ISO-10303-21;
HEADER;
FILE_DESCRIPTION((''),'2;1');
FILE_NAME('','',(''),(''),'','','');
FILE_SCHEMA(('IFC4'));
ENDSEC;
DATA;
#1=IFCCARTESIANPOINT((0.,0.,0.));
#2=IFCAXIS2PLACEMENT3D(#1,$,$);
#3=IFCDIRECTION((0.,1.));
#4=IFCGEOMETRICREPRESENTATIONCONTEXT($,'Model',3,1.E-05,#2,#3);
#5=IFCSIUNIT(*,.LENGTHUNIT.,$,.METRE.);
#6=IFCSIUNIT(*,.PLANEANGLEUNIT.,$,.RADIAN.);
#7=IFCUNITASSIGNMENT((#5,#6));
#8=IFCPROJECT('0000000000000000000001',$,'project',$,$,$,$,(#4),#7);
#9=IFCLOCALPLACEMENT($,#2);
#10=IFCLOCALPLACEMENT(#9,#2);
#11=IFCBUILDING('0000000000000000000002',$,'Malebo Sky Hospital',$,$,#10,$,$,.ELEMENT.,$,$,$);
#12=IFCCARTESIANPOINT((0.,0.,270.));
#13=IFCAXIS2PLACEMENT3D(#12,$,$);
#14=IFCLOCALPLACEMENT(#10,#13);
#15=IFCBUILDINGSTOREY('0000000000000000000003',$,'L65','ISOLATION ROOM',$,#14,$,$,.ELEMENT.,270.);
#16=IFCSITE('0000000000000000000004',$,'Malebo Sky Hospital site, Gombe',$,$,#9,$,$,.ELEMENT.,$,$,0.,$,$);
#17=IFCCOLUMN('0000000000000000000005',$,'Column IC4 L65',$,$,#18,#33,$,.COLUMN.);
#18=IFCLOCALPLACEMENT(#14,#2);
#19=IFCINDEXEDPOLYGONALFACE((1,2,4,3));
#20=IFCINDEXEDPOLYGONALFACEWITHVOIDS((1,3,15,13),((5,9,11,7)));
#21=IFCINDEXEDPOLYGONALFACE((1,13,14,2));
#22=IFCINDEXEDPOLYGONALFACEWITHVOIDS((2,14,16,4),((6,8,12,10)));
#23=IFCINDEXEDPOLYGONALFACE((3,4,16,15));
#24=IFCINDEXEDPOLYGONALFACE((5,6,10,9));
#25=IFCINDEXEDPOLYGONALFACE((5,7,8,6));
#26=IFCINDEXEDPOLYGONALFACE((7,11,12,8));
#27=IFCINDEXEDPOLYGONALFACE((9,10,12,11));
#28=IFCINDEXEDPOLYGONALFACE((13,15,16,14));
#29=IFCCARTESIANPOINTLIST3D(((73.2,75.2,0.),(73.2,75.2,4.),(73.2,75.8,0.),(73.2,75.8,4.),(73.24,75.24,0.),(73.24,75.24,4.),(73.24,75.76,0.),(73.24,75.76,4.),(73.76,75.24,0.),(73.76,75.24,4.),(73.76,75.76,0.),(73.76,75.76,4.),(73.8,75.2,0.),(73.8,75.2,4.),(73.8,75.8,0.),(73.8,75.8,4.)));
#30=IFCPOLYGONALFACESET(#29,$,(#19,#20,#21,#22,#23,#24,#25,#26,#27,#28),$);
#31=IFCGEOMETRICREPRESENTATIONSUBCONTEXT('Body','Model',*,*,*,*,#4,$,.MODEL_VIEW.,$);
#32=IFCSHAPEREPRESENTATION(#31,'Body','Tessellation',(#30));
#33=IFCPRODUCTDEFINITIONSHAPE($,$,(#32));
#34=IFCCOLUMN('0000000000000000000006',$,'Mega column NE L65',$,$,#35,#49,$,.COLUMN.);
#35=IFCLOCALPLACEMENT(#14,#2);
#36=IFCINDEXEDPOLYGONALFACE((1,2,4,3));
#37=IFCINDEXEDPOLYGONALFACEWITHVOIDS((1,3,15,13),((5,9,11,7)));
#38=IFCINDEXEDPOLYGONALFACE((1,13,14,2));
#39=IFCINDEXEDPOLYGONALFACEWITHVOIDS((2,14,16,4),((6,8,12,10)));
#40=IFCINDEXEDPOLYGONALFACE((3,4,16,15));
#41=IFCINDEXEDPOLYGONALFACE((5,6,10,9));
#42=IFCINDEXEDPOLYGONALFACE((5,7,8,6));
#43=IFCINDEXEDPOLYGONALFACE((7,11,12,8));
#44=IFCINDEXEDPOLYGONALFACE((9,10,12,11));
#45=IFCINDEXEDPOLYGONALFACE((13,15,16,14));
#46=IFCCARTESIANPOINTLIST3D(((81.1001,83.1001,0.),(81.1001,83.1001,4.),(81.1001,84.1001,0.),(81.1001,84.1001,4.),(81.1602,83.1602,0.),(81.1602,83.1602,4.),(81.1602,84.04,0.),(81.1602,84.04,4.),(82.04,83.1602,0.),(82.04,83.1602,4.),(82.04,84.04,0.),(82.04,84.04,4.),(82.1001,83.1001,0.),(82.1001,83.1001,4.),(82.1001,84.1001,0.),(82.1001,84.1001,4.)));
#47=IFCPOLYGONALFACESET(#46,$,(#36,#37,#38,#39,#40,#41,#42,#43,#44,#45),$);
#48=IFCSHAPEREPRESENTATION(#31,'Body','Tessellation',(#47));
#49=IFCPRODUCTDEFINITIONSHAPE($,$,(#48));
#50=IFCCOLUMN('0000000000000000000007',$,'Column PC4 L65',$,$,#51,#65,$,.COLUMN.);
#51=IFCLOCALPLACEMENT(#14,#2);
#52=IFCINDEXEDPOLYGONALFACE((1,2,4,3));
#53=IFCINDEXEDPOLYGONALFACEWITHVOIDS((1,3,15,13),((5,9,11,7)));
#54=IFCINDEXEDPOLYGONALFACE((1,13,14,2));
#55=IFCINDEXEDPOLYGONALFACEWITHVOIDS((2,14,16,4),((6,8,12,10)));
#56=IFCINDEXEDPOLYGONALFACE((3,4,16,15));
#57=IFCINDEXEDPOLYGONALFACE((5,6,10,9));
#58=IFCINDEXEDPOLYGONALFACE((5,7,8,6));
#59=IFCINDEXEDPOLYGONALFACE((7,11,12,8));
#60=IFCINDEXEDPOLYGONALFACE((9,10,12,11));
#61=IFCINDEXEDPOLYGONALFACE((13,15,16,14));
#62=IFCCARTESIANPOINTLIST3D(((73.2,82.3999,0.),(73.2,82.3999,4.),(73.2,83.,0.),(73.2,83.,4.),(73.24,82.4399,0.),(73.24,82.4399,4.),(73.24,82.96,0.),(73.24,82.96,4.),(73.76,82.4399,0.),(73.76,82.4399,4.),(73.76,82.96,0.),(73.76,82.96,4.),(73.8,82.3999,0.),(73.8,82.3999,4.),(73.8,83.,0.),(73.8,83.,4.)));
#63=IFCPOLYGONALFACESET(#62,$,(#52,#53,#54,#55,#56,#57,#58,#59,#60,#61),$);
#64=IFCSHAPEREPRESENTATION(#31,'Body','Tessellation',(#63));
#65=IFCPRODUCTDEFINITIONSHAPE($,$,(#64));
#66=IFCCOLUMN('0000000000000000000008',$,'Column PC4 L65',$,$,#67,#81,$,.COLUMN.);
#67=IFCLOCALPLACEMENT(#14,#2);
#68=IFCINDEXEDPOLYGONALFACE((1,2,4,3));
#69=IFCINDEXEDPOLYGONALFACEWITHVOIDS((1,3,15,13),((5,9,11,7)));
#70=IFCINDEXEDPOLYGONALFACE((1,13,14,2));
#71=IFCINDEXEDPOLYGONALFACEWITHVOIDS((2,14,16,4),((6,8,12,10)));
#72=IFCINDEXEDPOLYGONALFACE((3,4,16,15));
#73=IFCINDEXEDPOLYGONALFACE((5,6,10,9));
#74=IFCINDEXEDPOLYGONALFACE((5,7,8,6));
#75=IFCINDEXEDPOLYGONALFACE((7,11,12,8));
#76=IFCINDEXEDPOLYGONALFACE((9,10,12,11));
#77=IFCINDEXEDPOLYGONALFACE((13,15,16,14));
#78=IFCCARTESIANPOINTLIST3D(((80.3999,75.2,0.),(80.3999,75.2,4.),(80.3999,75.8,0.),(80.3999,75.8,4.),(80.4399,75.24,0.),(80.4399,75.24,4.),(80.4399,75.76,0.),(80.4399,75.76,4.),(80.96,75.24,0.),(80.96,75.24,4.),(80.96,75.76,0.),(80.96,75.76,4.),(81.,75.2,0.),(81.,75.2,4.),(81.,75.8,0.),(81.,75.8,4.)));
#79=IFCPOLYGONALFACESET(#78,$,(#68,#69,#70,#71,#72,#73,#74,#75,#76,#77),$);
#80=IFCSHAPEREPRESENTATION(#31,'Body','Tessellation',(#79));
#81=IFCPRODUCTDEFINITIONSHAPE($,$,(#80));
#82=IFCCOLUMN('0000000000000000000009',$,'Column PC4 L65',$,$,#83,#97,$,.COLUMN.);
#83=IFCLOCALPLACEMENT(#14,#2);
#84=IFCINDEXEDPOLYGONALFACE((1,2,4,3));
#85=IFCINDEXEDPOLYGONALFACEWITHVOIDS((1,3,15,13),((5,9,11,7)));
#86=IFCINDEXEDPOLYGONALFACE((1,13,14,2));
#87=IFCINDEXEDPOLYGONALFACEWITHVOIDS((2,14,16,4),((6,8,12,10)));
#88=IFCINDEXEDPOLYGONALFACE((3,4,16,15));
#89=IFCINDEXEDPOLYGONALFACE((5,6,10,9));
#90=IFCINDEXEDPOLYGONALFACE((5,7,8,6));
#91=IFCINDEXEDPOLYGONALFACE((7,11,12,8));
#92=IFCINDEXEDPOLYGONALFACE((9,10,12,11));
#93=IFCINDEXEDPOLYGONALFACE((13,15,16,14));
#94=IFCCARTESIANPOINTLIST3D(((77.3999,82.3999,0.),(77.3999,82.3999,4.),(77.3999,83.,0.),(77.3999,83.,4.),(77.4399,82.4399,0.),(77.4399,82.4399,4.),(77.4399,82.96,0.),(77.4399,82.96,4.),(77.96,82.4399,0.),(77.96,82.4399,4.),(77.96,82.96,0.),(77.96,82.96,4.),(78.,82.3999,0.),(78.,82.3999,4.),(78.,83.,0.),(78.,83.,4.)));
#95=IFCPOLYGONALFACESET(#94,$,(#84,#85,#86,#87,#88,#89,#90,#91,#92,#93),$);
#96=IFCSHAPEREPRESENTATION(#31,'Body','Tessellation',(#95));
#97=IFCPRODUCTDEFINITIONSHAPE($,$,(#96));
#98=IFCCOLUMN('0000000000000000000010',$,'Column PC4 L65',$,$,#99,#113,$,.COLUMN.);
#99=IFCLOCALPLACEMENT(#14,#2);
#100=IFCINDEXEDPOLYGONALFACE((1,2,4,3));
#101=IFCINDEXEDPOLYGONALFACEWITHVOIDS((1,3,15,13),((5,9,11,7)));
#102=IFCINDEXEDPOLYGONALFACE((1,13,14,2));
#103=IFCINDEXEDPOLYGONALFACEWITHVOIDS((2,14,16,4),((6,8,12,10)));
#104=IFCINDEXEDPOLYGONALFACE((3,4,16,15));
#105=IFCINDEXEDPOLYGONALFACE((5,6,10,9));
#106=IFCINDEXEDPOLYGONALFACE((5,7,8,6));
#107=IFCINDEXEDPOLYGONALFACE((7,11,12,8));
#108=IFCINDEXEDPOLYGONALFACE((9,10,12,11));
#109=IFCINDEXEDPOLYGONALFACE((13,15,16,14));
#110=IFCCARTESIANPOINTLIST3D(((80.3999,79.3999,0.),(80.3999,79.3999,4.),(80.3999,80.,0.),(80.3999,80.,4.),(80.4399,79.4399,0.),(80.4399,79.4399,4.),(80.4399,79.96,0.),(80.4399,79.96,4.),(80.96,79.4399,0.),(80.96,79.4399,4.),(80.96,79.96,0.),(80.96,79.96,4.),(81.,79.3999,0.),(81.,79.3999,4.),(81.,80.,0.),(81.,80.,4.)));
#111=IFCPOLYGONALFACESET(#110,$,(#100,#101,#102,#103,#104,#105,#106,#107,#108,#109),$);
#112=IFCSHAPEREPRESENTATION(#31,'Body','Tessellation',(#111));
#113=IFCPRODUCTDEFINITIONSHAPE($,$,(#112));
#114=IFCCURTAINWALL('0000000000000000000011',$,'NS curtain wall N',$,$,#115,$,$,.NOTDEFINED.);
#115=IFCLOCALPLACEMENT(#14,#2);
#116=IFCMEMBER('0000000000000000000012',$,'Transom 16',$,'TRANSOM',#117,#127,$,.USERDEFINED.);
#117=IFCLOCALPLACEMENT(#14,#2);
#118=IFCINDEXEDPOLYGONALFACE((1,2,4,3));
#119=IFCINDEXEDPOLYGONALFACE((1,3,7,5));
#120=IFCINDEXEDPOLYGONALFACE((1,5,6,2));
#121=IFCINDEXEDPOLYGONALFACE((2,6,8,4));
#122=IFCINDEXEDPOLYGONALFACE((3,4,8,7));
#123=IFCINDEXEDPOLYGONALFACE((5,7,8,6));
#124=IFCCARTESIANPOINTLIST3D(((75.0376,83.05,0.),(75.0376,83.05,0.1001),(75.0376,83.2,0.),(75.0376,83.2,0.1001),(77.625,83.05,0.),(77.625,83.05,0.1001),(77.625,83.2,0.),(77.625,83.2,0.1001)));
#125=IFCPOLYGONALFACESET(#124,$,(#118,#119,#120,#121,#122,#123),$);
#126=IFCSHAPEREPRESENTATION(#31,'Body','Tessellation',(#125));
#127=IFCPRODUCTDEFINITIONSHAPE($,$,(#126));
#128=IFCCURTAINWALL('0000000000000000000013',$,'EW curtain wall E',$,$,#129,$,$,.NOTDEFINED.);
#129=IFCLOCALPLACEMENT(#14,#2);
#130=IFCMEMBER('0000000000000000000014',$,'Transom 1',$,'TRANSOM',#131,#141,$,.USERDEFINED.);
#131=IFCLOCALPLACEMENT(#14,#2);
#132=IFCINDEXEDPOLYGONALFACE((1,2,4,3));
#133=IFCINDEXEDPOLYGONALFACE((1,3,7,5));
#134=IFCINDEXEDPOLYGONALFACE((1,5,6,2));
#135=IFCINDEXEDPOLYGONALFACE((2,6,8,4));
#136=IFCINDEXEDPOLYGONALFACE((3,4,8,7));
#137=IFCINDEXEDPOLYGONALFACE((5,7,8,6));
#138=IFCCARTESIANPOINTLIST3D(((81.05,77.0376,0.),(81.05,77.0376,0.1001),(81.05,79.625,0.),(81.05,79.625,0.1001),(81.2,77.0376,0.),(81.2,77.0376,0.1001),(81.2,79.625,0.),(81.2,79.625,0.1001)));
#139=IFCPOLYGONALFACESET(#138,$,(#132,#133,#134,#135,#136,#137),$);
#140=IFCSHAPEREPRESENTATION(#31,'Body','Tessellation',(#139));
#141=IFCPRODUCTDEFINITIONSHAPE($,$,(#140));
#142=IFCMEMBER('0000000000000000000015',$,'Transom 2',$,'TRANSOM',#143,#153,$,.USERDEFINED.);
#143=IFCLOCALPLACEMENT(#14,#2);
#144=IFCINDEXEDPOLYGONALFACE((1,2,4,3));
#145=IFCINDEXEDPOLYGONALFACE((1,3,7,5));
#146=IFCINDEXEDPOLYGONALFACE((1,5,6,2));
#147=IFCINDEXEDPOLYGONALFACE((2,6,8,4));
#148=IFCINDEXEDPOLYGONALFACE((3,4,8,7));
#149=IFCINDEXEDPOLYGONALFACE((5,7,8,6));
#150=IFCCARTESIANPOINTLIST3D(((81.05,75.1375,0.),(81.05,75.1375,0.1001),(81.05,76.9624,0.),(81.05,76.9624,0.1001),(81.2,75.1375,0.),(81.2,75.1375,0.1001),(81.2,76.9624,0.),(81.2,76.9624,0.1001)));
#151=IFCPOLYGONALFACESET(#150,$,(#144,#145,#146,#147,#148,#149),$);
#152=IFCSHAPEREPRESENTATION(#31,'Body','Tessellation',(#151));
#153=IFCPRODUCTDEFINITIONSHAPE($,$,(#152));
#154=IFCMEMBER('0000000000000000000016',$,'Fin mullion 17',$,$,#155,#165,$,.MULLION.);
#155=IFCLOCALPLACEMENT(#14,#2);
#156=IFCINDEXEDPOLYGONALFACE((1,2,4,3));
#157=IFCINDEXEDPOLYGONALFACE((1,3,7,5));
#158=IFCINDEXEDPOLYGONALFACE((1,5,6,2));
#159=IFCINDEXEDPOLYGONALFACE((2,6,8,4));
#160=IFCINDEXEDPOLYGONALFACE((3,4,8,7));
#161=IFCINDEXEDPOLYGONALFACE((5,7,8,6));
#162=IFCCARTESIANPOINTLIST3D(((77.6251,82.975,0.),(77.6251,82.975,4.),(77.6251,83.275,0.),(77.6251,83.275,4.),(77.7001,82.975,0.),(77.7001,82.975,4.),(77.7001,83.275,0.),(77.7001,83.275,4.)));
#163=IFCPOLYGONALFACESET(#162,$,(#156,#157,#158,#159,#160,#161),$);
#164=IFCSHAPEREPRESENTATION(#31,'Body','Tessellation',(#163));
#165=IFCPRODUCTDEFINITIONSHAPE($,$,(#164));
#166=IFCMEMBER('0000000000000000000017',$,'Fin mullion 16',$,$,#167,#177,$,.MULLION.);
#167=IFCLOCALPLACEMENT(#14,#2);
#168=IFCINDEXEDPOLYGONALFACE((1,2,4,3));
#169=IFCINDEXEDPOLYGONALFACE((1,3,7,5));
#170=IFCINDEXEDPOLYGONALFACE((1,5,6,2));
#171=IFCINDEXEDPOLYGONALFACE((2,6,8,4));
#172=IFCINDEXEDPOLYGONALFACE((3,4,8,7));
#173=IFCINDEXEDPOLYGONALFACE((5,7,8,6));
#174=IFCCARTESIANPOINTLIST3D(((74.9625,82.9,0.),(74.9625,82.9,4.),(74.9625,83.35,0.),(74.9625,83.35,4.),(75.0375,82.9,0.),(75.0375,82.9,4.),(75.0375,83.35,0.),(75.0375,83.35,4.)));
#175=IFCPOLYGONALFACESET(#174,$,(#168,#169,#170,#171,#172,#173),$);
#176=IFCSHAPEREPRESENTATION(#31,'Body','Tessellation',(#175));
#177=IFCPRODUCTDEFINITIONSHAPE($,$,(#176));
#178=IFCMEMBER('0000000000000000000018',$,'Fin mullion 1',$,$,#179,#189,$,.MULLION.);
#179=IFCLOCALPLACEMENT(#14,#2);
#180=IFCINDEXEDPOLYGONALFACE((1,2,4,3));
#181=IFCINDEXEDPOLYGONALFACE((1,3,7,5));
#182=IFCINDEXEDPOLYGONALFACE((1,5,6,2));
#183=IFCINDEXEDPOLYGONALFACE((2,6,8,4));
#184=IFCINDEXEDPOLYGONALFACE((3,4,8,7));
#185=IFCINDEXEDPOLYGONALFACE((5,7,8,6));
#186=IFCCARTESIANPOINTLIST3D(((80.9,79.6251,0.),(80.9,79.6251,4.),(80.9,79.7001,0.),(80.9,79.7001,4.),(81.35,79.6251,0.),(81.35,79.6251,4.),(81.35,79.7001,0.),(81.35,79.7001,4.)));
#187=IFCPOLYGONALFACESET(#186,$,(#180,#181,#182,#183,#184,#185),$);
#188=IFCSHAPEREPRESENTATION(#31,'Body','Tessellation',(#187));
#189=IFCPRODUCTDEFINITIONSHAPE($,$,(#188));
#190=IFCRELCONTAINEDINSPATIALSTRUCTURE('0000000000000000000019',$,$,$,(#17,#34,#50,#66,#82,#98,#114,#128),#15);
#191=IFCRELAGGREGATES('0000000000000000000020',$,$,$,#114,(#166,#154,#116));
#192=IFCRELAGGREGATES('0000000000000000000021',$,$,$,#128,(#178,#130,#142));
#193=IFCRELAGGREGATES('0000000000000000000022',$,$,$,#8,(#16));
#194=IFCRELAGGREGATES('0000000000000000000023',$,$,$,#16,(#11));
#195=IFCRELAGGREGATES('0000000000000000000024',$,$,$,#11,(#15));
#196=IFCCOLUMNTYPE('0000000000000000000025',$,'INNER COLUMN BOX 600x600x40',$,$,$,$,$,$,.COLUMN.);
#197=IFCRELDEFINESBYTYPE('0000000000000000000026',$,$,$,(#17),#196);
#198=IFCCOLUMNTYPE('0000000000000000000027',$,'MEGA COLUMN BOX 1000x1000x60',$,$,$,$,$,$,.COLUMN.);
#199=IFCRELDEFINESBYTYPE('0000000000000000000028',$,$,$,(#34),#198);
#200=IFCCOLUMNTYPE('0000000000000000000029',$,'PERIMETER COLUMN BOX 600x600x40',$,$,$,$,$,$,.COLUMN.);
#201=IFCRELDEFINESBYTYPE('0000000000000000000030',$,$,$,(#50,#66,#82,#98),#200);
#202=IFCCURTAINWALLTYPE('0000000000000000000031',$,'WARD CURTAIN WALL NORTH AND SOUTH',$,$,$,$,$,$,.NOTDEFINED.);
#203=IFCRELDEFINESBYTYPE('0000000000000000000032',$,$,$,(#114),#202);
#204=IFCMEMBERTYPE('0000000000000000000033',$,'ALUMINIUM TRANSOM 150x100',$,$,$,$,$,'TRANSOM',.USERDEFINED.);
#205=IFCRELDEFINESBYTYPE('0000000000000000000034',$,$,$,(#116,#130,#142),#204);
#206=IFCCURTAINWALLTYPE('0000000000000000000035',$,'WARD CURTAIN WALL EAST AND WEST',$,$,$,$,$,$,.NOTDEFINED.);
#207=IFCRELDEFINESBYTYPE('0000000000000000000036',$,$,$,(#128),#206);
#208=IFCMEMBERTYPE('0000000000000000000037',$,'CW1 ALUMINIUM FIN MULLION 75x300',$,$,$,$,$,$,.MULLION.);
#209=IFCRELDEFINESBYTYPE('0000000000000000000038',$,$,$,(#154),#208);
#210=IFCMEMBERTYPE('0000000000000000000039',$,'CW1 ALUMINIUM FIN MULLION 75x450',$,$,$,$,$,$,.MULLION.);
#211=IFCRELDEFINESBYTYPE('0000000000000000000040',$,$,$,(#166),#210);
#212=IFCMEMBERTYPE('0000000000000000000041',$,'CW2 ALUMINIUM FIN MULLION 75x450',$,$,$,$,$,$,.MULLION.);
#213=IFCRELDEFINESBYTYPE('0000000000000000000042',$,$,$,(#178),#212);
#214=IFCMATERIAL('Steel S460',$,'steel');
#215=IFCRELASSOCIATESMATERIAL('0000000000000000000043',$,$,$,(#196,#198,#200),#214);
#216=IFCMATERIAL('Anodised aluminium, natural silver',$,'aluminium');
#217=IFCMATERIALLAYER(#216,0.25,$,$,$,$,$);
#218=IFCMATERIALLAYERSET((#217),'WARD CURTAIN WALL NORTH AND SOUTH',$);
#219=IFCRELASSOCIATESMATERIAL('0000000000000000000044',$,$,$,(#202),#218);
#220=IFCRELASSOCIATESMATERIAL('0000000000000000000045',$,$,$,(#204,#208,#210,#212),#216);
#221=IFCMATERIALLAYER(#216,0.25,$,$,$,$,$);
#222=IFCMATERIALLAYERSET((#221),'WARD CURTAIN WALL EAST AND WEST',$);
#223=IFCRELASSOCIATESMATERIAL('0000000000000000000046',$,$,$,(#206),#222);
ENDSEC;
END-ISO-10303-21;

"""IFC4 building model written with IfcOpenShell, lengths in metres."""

from ifc_helpers import new_model, si_unit, direction, frame, origin, origin_2d, place, context, subcontext, project, spatial, rectangle, hollow_rectangle, extrude, material, layer, layer_set, material_profile, profile_set, type_object, element, aggregate, save


model = new_model("IFC4")

# Units and contexts
model_context = context("Model", 3, precision=1e-05, world=origin(), true_north=direction((0.0, 1.0)))
body_context = subcontext(model_context, "Body", "Model", "MODEL_VIEW")
ifc_project = project(units=[si_unit("LENGTHUNIT", "METRE"), si_unit("PLANEANGLEUNIT", "RADIAN")], contexts=[model_context])

# Site, building, storey
site_placement = place(None, origin())
site = spatial("IfcSite", under=ifc_project, at=site_placement, Name="Malebo Sky Hospital site, Gombe", CompositionType="ELEMENT", RefElevation=0.0)
building_placement = place(site_placement, origin())
building = spatial("IfcBuilding", under=site, at=building_placement, Name="Malebo Sky Hospital", CompositionType="ELEMENT")
storey_placement = place(building_placement, frame((0.0, 0.0, 270.0)))
storey = spatial("IfcBuildingStorey", under=building, at=storey_placement, Name="L65", Description="ISOLATION ROOM", CompositionType="ELEMENT", Elevation=270.0)

# Columns
ifc_material_1 = material(Name="Steel S460", Category="steel")
ifc_material_profile_1 = material_profile(ifc_material_1, hollow_rectangle(XDim=0.6001, YDim=0.6001, WallThickness=0.04, at=origin_2d()), Name="BOX 600x600x40")
ifc_profile_set_1 = profile_set([ifc_material_profile_1], Name="Steel S460")
column_type_1 = type_object("IfcColumnType", Name="INNER COLUMN BOX 600x600x40", PredefinedType="COLUMN", material=ifc_profile_set_1)
column_1_placement = place(storey_placement, frame((73.5, 75.5, 0.0), z_axis=(0.0, 0.0, 1.0), x_axis=(1.0, 0.0, 0.0)))
element("IfcColumn", 1, at=column_1_placement, inside=storey, type_object=column_type_1, Name="Column IC4 L65", PredefinedType="COLUMN", context=body_context, shape_type="SweptSolid", body=[
    extrude(hollow_rectangle(XDim=0.6001, YDim=0.6001, WallThickness=0.04, at=origin_2d()), origin(), (0.0, 0.0, 1.0), 4.0),
])
ifc_material_profile_2 = material_profile(ifc_material_1, hollow_rectangle(XDim=1.0, YDim=1.0, WallThickness=0.0601, at=origin_2d()), Name="BOX 1000x1000x60")
ifc_profile_set_2 = profile_set([ifc_material_profile_2], Name="Steel S460")
column_type_2 = type_object("IfcColumnType", Name="MEGA COLUMN BOX 1000x1000x60", PredefinedType="COLUMN", material=ifc_profile_set_2)
column_2_placement = place(storey_placement, frame((81.6001, 83.6001, 0.0), z_axis=(0.0, 0.0, 1.0), x_axis=(1.0, 0.0, 0.0)))
element("IfcColumn", 2, at=column_2_placement, inside=storey, type_object=column_type_2, Name="Mega column NE L65", PredefinedType="COLUMN", context=body_context, shape_type="SweptSolid", body=[
    extrude(hollow_rectangle(XDim=1.0, YDim=1.0, WallThickness=0.0601, at=origin_2d()), origin(), (0.0, 0.0, 1.0), 4.0),
])
ifc_material_profile_3 = material_profile(ifc_material_1, hollow_rectangle(XDim=0.6001, YDim=0.6001, WallThickness=0.04, at=origin_2d()), Name="BOX 600x600x40")
ifc_profile_set_3 = profile_set([ifc_material_profile_3], Name="Steel S460")
column_type_3 = type_object("IfcColumnType", Name="PERIMETER COLUMN BOX 600x600x40", PredefinedType="COLUMN", material=ifc_profile_set_3)
for number, where, z_axis, x_axis, name in (
    (3, (73.5, 82.7, 0.0), (0.0, 0.0, 1.0), (1.0, 0.0, 0.0), "Column PC4 L65"),
    (4, (80.7, 75.5, 0.0), (0.0, 0.0, 1.0), (1.0, 0.0, 0.0), "Column PC4 L65"),
    (5, (77.7, 82.7, 0.0), (0.0, 0.0, 1.0), (1.0, 0.0, 0.0), "Column PC4 L65"),
    (6, (80.7, 79.7, 0.0), (0.0, 0.0, 1.0), (1.0, 0.0, 0.0), "Column PC4 L65"),
):
    element("IfcColumn", number, at=place(storey_placement, frame(where, z_axis=z_axis, x_axis=x_axis)), inside=storey, type_object=column_type_3, Name=name, PredefinedType="COLUMN", context=body_context, shape_type="SweptSolid", body=[
        extrude(hollow_rectangle(XDim=0.6001, YDim=0.6001, WallThickness=0.04, at=origin_2d()), origin(), (0.0, 0.0, 1.0), 4.0),
    ])

# Curtain wall, member
ifc_material_2 = material(Name="Anodised aluminium, natural silver", Category="aluminium")
ifc_layer_1 = layer(ifc_material_2, 0.25)
ifc_layer_set_1 = layer_set([ifc_layer_1], Name="WARD CURTAIN WALL NORTH AND SOUTH")
curtain_wall_type_1 = type_object("IfcCurtainWallType", Name="WARD CURTAIN WALL NORTH AND SOUTH", PredefinedType="NOTDEFINED", material=ifc_layer_set_1)
curtain_wall_1_placement = place(storey_placement, origin())
curtain_wall_1 = element("IfcCurtainWall", 7, at=curtain_wall_1_placement, inside=storey, type_object=curtain_wall_type_1, Name="NS curtain wall N", PredefinedType="NOTDEFINED")
ifc_material_profile_4 = material_profile(ifc_material_2, rectangle(XDim=0.1499, YDim=0.1001, at=origin_2d()), Name="ALUMINIUM TRANSOM 150x100")
ifc_profile_set_4 = profile_set([ifc_material_profile_4], Name="Anodised aluminium, natural silver")
member_type_1 = type_object("IfcMemberType", Name="ALUMINIUM TRANSOM 150x100", ElementType="TRANSOM", PredefinedType="USERDEFINED", material=ifc_profile_set_4)
member_1_placement = place(storey_placement, frame((75.0376, 83.125, 0.05), z_axis=(1.0, 0.0, 0.0), x_axis=(0.0, 1.0, 0.0)))
member_1 = element("IfcMember", 8, at=member_1_placement, type_object=member_type_1, Name="Transom 16", ObjectType="TRANSOM", PredefinedType="USERDEFINED", context=body_context, shape_type="SweptSolid", body=[
    extrude(rectangle(XDim=0.1499, YDim=0.1001, at=origin_2d()), origin(), (0.0, 0.0, 1.0), 2.5874),
])

# Curtain wall, members
ifc_layer_2 = layer(ifc_material_2, 0.25)
ifc_layer_set_2 = layer_set([ifc_layer_2], Name="WARD CURTAIN WALL EAST AND WEST")
curtain_wall_type_2 = type_object("IfcCurtainWallType", Name="WARD CURTAIN WALL EAST AND WEST", PredefinedType="NOTDEFINED", material=ifc_layer_set_2)
curtain_wall_2_placement = place(storey_placement, origin())
curtain_wall_2 = element("IfcCurtainWall", 9, at=curtain_wall_2_placement, inside=storey, type_object=curtain_wall_type_2, Name="EW curtain wall E", PredefinedType="NOTDEFINED")
member_2_placement = place(storey_placement, frame((81.125, 79.625, 0.05), z_axis=(0.0, -1.0, 0.0), x_axis=(1.0, 0.0, 0.0)))
member_2 = element("IfcMember", 10, at=member_2_placement, type_object=member_type_1, Name="Transom 1", ObjectType="TRANSOM", PredefinedType="USERDEFINED", context=body_context, shape_type="SweptSolid", body=[
    extrude(rectangle(XDim=0.1499, YDim=0.1001, at=origin_2d()), origin(), (0.0, 0.0, 1.0), 2.5874),
])
member_3_placement = place(storey_placement, frame((81.125, 76.9624, 0.05), z_axis=(0.0, -1.0, 0.0), x_axis=(1.0, 0.0, 0.0)))
member_3 = element("IfcMember", 11, at=member_3_placement, type_object=member_type_1, Name="Transom 2", ObjectType="TRANSOM", PredefinedType="USERDEFINED", context=body_context, shape_type="SweptSolid", body=[
    extrude(rectangle(XDim=0.1499, YDim=0.1001, at=origin_2d()), origin(), (0.0, 0.0, 1.0), 1.825),
])

# Members
ifc_material_profile_5 = material_profile(ifc_material_2, rectangle(XDim=0.075, YDim=0.3, at=origin_2d()), Name="CW1 ALUMINIUM FIN MULLION 75x300")
ifc_profile_set_5 = profile_set([ifc_material_profile_5], Name="Anodised aluminium, natural silver")
member_type_2 = type_object("IfcMemberType", Name="CW1 ALUMINIUM FIN MULLION 75x300", PredefinedType="MULLION", material=ifc_profile_set_5)
member_4_placement = place(storey_placement, frame((77.6626, 83.125, 0.0), z_axis=(0.0, 0.0, 1.0), x_axis=(1.0, 0.0, 0.0)))
member_4 = element("IfcMember", 12, at=member_4_placement, type_object=member_type_2, Name="Fin mullion 17", PredefinedType="MULLION", context=body_context, shape_type="SweptSolid", body=[
    extrude(rectangle(XDim=0.075, YDim=0.3, at=origin_2d()), origin(), (0.0, 0.0, 1.0), 4.0),
])
ifc_material_profile_6 = material_profile(ifc_material_2, rectangle(XDim=0.075, YDim=0.45, at=origin_2d()), Name="CW1 ALUMINIUM FIN MULLION 75x450")
ifc_profile_set_6 = profile_set([ifc_material_profile_6], Name="Anodised aluminium, natural silver")
member_type_3 = type_object("IfcMemberType", Name="CW1 ALUMINIUM FIN MULLION 75x450", PredefinedType="MULLION", material=ifc_profile_set_6)
member_5_placement = place(storey_placement, frame((75.0, 83.125, 0.0), z_axis=(0.0, 0.0, 1.0), x_axis=(1.0, 0.0, 0.0)))
member_5 = element("IfcMember", 13, at=member_5_placement, type_object=member_type_3, Name="Fin mullion 16", PredefinedType="MULLION", context=body_context, shape_type="SweptSolid", body=[
    extrude(rectangle(XDim=0.075, YDim=0.45, at=origin_2d()), origin(), (0.0, 0.0, 1.0), 4.0),
])
ifc_material_profile_7 = material_profile(ifc_material_2, rectangle(XDim=0.075, YDim=0.45, at=origin_2d()), Name="CW2 ALUMINIUM FIN MULLION 75x450")
ifc_profile_set_7 = profile_set([ifc_material_profile_7], Name="Anodised aluminium, natural silver")
member_type_4 = type_object("IfcMemberType", Name="CW2 ALUMINIUM FIN MULLION 75x450", PredefinedType="MULLION", material=ifc_profile_set_7)
member_6_placement = place(storey_placement, frame((81.125, 79.6626, 0.0), z_axis=(0.0, 0.0, 1.0), x_axis=(0.0, -1.0, 0.0)))
member_6 = element("IfcMember", 14, at=member_6_placement, type_object=member_type_4, Name="Fin mullion 1", PredefinedType="MULLION", context=body_context, shape_type="SweptSolid", body=[
    extrude(rectangle(XDim=0.075, YDim=0.45, at=origin_2d()), origin(), (0.0, 0.0, 1.0), 4.0),
])

aggregate(curtain_wall_1, [member_5, member_4, member_1])
aggregate(curtain_wall_2, [member_6, member_2, member_3])

save(model, "model.ifc")
